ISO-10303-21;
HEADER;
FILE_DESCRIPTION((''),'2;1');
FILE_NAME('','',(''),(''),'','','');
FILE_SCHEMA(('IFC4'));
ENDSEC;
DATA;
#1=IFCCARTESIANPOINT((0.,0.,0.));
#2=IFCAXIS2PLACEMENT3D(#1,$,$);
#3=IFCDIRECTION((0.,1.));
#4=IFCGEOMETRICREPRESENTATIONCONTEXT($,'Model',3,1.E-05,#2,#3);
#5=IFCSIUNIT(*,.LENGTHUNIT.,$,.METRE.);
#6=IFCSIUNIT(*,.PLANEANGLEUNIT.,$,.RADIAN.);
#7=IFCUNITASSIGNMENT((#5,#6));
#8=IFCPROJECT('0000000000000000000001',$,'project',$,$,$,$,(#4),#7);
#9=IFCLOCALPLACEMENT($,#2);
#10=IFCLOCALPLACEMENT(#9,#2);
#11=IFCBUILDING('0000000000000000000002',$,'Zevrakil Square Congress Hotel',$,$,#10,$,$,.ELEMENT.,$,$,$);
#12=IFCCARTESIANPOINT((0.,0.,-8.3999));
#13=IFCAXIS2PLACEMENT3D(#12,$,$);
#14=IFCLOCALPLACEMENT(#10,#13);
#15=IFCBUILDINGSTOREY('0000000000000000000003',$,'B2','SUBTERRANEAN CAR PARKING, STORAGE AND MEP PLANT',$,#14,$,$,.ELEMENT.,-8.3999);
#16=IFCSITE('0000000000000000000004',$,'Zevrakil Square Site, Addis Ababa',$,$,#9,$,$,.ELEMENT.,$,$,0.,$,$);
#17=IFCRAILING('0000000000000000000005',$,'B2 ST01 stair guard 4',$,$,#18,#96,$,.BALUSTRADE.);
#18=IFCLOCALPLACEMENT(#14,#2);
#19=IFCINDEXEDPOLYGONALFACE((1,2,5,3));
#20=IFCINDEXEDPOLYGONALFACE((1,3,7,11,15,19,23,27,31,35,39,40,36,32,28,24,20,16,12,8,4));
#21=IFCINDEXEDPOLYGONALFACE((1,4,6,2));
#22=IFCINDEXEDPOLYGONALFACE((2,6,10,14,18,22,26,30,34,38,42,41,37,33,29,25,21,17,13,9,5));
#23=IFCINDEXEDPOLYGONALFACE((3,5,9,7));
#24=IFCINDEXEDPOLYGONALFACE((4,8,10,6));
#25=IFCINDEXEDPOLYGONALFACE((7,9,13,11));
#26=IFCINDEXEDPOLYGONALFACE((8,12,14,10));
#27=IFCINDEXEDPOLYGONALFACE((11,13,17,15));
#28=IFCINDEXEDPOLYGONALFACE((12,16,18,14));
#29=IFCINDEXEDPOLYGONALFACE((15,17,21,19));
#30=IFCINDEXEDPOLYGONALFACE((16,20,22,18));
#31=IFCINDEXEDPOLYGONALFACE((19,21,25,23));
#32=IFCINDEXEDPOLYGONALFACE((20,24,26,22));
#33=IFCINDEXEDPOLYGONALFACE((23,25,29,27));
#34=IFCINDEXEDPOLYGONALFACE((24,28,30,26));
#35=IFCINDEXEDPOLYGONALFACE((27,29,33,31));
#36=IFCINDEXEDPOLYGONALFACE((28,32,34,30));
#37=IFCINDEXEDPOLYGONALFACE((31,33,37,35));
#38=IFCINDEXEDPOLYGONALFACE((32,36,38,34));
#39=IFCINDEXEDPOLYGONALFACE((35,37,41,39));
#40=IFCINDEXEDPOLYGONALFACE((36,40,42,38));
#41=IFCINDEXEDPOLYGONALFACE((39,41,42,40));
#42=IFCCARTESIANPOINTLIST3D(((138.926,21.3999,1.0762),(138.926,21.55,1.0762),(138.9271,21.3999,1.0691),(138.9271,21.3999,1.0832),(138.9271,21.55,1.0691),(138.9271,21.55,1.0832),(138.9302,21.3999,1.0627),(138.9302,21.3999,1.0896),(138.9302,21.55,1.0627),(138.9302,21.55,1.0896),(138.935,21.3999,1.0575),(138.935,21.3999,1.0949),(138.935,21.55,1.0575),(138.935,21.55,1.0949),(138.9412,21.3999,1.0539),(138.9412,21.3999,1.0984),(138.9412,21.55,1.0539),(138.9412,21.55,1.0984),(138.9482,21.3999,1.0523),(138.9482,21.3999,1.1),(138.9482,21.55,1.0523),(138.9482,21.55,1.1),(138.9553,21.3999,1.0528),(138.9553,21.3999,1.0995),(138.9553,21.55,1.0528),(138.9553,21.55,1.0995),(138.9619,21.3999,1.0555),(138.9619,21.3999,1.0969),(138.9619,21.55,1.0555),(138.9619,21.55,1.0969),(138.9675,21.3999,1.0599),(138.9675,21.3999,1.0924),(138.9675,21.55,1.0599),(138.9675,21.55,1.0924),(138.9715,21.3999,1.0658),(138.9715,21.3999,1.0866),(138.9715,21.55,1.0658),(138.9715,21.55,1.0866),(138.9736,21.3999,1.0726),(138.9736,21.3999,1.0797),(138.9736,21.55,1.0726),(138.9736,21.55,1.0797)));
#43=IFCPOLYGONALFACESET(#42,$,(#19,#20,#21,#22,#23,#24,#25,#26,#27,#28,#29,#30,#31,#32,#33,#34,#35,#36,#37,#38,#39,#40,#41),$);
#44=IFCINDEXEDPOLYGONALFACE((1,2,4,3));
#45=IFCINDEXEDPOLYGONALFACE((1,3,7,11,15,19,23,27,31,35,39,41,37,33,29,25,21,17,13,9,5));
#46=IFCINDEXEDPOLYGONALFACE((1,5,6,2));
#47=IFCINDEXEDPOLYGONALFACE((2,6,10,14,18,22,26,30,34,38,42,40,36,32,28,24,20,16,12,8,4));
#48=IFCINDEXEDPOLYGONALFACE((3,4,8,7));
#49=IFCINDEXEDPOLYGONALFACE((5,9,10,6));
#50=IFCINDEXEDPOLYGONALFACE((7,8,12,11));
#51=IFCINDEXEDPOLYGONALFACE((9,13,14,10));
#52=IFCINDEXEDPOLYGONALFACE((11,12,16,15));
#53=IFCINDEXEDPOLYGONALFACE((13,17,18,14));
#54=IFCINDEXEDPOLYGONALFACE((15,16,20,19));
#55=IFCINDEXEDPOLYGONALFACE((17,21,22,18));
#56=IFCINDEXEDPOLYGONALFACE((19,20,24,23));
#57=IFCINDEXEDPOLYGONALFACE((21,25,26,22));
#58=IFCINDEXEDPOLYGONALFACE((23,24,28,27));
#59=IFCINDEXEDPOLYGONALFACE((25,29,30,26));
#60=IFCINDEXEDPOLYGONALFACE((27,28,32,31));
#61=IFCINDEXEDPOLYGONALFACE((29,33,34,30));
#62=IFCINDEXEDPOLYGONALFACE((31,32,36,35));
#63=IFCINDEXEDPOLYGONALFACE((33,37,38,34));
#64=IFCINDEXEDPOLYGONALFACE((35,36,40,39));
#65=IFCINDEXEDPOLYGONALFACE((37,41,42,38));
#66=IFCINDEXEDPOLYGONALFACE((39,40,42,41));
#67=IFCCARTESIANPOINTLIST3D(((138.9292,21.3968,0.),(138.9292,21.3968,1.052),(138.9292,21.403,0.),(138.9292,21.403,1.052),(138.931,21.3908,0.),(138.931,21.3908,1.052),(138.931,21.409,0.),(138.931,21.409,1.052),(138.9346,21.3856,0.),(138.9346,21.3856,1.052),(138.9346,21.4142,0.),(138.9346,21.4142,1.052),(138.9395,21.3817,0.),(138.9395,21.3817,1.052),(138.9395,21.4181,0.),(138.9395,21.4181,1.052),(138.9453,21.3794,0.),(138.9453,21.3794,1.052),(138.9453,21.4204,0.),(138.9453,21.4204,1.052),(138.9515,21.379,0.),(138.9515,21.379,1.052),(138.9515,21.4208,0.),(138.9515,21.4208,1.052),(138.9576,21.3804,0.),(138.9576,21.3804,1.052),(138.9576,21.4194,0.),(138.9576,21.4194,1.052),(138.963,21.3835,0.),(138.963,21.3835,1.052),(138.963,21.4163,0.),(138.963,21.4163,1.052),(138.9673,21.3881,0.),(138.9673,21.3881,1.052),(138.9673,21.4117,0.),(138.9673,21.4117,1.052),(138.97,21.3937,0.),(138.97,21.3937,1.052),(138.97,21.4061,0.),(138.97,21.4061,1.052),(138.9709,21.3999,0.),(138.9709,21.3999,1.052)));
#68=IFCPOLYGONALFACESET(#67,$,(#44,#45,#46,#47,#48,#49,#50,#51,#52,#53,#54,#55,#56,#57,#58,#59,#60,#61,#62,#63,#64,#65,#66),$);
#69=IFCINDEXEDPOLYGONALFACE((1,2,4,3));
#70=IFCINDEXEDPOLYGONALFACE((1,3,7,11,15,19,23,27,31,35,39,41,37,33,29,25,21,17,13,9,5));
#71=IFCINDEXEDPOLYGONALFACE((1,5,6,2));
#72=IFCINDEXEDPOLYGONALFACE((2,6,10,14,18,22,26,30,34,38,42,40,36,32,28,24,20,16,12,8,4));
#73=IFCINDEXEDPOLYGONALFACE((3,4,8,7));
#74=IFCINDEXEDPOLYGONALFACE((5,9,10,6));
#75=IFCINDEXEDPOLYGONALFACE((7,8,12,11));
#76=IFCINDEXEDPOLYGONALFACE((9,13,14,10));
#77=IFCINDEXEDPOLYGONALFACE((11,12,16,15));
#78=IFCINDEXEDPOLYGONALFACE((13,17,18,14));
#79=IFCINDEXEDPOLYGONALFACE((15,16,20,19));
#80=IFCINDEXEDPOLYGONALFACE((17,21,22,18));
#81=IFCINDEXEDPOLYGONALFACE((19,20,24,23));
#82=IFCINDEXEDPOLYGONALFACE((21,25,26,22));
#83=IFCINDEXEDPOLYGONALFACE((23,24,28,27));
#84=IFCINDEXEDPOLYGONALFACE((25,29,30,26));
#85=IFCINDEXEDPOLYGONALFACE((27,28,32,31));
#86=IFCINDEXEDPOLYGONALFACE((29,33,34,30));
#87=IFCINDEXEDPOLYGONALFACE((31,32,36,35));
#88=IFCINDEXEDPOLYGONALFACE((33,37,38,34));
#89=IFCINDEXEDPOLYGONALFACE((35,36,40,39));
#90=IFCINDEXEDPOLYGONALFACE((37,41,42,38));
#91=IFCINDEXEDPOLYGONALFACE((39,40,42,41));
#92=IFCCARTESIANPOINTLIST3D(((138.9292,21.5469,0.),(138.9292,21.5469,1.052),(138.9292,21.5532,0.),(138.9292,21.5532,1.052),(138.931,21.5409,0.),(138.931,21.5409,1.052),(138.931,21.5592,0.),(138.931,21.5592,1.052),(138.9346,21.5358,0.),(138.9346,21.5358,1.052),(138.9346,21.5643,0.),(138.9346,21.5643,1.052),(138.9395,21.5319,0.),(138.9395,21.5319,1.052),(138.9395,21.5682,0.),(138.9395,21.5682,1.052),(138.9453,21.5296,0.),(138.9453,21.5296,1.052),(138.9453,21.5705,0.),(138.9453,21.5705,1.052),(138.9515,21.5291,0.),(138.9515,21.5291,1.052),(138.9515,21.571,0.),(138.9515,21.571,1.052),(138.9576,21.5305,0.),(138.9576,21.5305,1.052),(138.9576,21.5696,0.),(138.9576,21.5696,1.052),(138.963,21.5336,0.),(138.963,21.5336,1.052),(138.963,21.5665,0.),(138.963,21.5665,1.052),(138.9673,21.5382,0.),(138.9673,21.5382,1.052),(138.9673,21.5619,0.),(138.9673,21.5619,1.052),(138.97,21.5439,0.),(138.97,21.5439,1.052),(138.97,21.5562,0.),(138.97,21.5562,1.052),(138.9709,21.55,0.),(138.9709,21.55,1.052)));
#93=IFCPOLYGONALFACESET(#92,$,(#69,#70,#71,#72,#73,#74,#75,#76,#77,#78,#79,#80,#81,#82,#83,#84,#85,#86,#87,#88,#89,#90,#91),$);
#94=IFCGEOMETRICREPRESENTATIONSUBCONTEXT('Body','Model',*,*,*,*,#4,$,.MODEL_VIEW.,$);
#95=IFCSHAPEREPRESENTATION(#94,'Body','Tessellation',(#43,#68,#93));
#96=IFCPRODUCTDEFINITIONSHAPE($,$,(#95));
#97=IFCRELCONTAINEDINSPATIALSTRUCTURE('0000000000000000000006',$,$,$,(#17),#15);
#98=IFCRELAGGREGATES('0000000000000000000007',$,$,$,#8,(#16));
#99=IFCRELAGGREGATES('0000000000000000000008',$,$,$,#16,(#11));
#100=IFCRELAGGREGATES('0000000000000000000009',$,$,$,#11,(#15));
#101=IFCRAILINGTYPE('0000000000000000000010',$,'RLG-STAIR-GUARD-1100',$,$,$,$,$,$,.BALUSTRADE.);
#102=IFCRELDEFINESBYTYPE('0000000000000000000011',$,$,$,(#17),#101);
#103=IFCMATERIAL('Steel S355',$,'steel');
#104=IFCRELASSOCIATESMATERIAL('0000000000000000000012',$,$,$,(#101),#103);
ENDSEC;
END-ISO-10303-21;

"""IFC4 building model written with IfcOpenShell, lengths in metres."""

from ifc_helpers import new_model, si_unit, direction, frame, origin, origin_2d, place, context, subcontext, project, spatial, circle, extrude, material, type_object, element, save


model = new_model("IFC4")

# Units and contexts
model_context = context("Model", 3, precision=1e-05, world=origin(), true_north=direction((0.0, 1.0)))
body_context = subcontext(model_context, "Body", "Model", "MODEL_VIEW")
ifc_project = project(units=[si_unit("LENGTHUNIT", "METRE"), si_unit("PLANEANGLEUNIT", "RADIAN")], contexts=[model_context])

# Site, building, storey
site_placement = place(None, origin())
site = spatial("IfcSite", under=ifc_project, at=site_placement, Name="Zevrakil Square Site, Addis Ababa", CompositionType="ELEMENT", RefElevation=0.0)
building_placement = place(site_placement, origin())
building = spatial("IfcBuilding", under=site, at=building_placement, Name="Zevrakil Square Congress Hotel", CompositionType="ELEMENT")
storey_placement = place(building_placement, frame((0.0, 0.0, -8.3999)))
storey = spatial("IfcBuildingStorey", under=building, at=storey_placement, Name="B2", Description="SUBTERRANEAN CAR PARKING, STORAGE AND MEP PLANT", CompositionType="ELEMENT", Elevation=-8.3999)

# Railing
ifc_material_1 = material(Name="Steel S355", Category="steel")
railing_type_1 = type_object("IfcRailingType", Name="RLG-STAIR-GUARD-1100", PredefinedType="BALUSTRADE", material=ifc_material_1)
railing_1_placement = place(storey_placement, frame((138.95, 21.3999, 0.0)))
element("IfcRailing", 1, at=railing_1_placement, inside=storey, type_object=railing_type_1, Name="B2 ST01 stair guard 4", PredefinedType="BALUSTRADE", context=body_context, shape_type="SweptSolid", body=[
    extrude(circle(Radius=0.0239, at=origin_2d()), frame((0.0, 0.0, 1.0762), z_axis=(0.0, 1.0, 0.0), x_axis=(-1.0, 0.0, 0.0)), (0.0, 0.0, 1.0), 0.1501),
    extrude(circle(Radius=0.021, at=origin_2d()), origin(), (0.0, 0.0, 1.0), 1.052),
    extrude(circle(Radius=0.021, at=origin_2d()), frame((0.0, 0.1501, 0.0)), (0.0, 0.0, 1.0), 1.052),
])

save(model, "model.ifc")
